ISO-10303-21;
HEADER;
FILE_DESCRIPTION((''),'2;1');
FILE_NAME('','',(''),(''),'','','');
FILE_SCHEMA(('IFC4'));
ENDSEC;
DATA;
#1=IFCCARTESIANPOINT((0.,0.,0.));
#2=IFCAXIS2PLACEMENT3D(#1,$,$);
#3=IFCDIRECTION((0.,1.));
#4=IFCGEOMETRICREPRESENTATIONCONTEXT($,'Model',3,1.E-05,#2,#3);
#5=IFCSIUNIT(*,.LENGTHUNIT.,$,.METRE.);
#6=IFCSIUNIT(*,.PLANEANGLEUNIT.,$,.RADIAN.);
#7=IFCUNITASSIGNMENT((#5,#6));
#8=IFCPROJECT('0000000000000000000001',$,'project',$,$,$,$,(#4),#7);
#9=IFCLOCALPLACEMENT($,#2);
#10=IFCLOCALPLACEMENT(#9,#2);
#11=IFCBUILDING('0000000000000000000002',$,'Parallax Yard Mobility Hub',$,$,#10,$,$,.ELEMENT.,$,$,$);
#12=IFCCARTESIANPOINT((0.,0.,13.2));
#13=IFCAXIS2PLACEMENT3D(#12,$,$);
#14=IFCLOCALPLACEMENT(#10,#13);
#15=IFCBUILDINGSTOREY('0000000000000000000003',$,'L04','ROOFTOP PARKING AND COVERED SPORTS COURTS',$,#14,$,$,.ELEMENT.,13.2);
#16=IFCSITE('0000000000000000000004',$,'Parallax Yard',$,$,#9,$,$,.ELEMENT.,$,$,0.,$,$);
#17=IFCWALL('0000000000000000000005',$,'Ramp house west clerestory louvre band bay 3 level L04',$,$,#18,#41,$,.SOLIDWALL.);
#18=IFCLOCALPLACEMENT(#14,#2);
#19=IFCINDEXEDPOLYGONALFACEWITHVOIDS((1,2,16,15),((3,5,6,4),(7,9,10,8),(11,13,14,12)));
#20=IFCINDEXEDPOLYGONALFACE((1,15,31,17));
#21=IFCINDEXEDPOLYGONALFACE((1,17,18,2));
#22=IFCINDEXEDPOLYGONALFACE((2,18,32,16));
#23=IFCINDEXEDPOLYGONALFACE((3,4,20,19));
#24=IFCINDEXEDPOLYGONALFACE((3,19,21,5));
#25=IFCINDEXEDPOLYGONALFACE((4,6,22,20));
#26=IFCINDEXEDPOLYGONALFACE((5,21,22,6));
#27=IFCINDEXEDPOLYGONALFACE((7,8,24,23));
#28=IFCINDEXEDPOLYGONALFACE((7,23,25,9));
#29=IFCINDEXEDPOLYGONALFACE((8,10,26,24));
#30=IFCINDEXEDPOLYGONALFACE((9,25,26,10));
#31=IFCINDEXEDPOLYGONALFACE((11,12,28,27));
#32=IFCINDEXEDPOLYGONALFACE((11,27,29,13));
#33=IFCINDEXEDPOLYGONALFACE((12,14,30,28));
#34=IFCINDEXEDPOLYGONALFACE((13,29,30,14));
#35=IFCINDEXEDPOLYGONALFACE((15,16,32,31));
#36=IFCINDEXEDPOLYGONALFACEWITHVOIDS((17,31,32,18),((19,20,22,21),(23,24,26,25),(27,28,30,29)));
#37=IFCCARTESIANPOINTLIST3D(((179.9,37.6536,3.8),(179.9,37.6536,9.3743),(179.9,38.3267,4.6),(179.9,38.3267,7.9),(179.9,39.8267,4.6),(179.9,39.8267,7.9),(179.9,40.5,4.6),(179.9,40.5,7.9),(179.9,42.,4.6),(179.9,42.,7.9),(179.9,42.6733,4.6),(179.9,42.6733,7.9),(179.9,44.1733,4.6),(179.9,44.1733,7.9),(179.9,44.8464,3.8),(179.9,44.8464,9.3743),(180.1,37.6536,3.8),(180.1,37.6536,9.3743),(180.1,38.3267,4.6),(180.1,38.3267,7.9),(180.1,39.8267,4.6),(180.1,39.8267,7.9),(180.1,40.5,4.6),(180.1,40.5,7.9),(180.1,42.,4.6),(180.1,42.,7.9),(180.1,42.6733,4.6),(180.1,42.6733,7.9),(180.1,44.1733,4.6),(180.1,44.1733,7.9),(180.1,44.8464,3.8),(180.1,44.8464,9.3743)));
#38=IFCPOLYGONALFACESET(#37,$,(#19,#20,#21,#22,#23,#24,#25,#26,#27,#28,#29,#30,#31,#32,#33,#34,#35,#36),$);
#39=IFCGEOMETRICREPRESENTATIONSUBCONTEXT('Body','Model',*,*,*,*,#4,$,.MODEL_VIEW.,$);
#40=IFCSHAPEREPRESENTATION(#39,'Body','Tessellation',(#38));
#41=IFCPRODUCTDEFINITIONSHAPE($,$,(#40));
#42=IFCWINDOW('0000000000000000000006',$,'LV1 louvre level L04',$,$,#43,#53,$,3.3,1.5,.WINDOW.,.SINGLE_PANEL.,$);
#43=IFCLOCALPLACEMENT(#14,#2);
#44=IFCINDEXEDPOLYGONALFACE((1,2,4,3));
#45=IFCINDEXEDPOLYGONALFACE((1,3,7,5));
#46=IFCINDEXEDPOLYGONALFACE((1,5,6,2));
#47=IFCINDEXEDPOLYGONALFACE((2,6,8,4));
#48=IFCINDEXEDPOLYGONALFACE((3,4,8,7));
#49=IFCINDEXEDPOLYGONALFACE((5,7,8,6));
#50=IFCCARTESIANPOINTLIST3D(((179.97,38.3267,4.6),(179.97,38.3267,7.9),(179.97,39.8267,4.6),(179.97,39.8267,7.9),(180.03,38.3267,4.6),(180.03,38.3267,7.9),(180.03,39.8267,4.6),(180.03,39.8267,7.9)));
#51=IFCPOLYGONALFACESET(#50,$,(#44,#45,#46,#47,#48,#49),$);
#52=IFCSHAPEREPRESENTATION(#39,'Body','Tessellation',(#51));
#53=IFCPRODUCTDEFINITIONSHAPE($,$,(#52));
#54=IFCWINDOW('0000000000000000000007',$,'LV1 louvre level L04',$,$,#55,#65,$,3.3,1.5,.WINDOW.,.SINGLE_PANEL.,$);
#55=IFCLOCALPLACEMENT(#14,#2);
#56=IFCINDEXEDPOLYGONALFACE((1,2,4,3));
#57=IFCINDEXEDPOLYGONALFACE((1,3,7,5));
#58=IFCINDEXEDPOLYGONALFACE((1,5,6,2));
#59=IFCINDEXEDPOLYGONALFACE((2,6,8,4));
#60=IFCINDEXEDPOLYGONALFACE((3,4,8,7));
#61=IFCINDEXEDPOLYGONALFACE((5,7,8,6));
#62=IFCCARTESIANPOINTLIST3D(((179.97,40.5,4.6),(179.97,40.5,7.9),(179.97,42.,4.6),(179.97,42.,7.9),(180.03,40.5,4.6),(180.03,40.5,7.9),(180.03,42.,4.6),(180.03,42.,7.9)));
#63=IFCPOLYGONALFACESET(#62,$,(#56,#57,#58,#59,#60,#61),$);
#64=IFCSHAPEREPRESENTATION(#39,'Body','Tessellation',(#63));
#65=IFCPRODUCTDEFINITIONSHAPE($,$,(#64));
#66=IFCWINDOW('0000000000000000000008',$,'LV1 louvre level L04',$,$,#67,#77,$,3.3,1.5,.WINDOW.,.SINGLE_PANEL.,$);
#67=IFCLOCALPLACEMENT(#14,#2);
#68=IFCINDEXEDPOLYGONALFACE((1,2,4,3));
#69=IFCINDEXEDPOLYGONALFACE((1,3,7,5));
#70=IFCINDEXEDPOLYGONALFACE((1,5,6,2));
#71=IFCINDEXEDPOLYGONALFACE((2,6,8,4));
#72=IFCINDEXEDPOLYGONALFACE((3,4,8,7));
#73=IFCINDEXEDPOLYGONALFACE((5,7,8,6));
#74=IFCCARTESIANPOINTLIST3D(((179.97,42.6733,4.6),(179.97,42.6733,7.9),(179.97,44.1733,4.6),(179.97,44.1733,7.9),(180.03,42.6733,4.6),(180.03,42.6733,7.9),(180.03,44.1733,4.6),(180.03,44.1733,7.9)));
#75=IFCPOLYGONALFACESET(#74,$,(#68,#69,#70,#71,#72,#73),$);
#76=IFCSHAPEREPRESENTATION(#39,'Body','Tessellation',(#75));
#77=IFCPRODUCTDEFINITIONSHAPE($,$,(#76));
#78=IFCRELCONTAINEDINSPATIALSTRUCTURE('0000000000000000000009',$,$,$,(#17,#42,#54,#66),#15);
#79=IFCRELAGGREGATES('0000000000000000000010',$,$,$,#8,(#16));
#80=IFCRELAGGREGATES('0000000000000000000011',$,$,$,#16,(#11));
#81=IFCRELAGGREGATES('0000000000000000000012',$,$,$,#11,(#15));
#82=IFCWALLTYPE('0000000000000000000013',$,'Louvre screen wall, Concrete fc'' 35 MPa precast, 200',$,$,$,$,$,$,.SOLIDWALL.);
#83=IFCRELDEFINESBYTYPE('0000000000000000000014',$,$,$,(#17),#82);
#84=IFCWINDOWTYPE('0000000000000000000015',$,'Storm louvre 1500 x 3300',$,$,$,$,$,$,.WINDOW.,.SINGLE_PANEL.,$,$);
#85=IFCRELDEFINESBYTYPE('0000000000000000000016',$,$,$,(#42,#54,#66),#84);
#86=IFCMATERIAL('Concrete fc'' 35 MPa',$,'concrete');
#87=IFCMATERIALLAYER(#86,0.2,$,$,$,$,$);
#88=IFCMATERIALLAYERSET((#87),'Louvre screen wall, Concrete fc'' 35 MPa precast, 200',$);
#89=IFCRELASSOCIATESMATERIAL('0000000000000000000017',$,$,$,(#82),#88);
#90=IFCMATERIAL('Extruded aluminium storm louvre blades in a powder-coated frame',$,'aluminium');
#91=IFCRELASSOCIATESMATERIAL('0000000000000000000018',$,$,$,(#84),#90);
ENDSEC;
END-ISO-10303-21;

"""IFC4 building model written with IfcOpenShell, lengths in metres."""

from ifc_helpers import new_model, si_unit, direction, frame, frame_2d, origin, place, context, subcontext, project, spatial, rectangle, extrude, material, layer, layer_set, type_object, element, fill, save


model = new_model("IFC4")

# Units and contexts
model_context = context("Model", 3, precision=1e-05, world=origin(), true_north=direction((0.0, 1.0)))
body_context = subcontext(model_context, "Body", "Model", "MODEL_VIEW")
ifc_project = project(units=[si_unit("LENGTHUNIT", "METRE"), si_unit("PLANEANGLEUNIT", "RADIAN")], contexts=[model_context])

# Site, building, storey
site_placement = place(None, origin())
site = spatial("IfcSite", under=ifc_project, at=site_placement, Name="Parallax Yard", CompositionType="ELEMENT", RefElevation=0.0)
building_placement = place(site_placement, origin())
building = spatial("IfcBuilding", under=site, at=building_placement, Name="Parallax Yard Mobility Hub", CompositionType="ELEMENT")
storey_placement = place(building_placement, frame((0.0, 0.0, 13.2)))
storey = spatial("IfcBuildingStorey", under=building, at=storey_placement, Name="L04", Description="ROOFTOP PARKING AND COVERED SPORTS COURTS", CompositionType="ELEMENT", Elevation=13.2)

# Wall, openings, windows
ifc_material_1 = material(Name="Concrete fc' 35 MPa", Category="concrete")
ifc_layer_1 = layer(ifc_material_1, 0.2)
ifc_layer_set_1 = layer_set([ifc_layer_1], Name="Louvre screen wall, Concrete fc' 35 MPa precast, 200")
wall_type = type_object("IfcWallType", Name="Louvre screen wall, Concrete fc' 35 MPa precast, 200", PredefinedType="SOLIDWALL", material=ifc_layer_set_1)
wall_placement = place(storey_placement, frame((180.0, 37.6536, 3.8), z_axis=(0.0, 0.0, 1.0), x_axis=(0.0, 1.0, 0.0)))
wall = element("IfcWall", 1, at=wall_placement, inside=storey, type_object=wall_type, Name="Ramp house west clerestory louvre band bay 3 level L04", PredefinedType="SOLIDWALL", context=body_context, shape_type="SweptSolid", body=[
    extrude(rectangle(XDim=7.1929, YDim=0.2, at=frame_2d((3.5964, 0.0))), origin(), (0.0, 0.0, 1.0), 5.5742),
])
opening_1_placement = place(wall_placement, frame((0.6731, 0.0, 0.8)))
opening_1 = element("IfcOpeningElement", 2, at=opening_1_placement, cuts=wall, PredefinedType="OPENING", context=body_context, shape_type="SweptSolid", body=[
    extrude(rectangle(XDim=1.5, YDim=3.3, at=frame_2d((0.75, 1.6499))), frame((0.0, 0.1099, 0.0), z_axis=(0.0, -1.0, 0.0), x_axis=(1.0, 0.0, 0.0)), (0.0, 0.0, 1.0), 0.22),
])
opening_2_placement = place(wall_placement, frame((2.8464, 0.0, 0.8)))
opening_2 = element("IfcOpeningElement", 3, at=opening_2_placement, cuts=wall, PredefinedType="OPENING", context=body_context, shape_type="SweptSolid", body=[
    extrude(rectangle(XDim=1.5, YDim=3.3, at=frame_2d((0.75, 1.6499))), frame((0.0, 0.1099, 0.0), z_axis=(0.0, -1.0, 0.0), x_axis=(1.0, 0.0, 0.0)), (0.0, 0.0, 1.0), 0.22),
])
opening_3_placement = place(wall_placement, frame((5.0198, 0.0, 0.8)))
opening_3 = element("IfcOpeningElement", 4, at=opening_3_placement, cuts=wall, PredefinedType="OPENING", context=body_context, shape_type="SweptSolid", body=[
    extrude(rectangle(XDim=1.5, YDim=3.3, at=frame_2d((0.75, 1.6499))), frame((0.0, 0.1099, 0.0), z_axis=(0.0, -1.0, 0.0), x_axis=(1.0, 0.0, 0.0)), (0.0, 0.0, 1.0), 0.22),
])
ifc_material_2 = material(Name="Extruded aluminium storm louvre blades in a powder-coated frame", Category="aluminium")
window_type = type_object("IfcWindowType", Name="Storm louvre 1500 x 3300", PartitioningType="SINGLE_PANEL", PredefinedType="WINDOW", material=ifc_material_2)
window_1_placement = place(opening_1_placement, origin())
window_1 = element("IfcWindow", 5, at=window_1_placement, inside=storey, type_object=window_type, Name="LV1 louvre level L04", OverallHeight=3.3, OverallWidth=1.5, PartitioningType="SINGLE_PANEL", PredefinedType="WINDOW", context=body_context, shape_type="SweptSolid", body=[
    extrude(rectangle(XDim=1.5, YDim=3.3, at=frame_2d((0.75, 1.6499))), frame((0.0, 0.03, 0.0), z_axis=(0.0, -1.0, 0.0), x_axis=(1.0, 0.0, 0.0)), (0.0, 0.0, 1.0), 0.0601),
])
fill(opening_1, window_1)
window_2_placement = place(opening_2_placement, origin())
window_2 = element("IfcWindow", 6, at=window_2_placement, inside=storey, type_object=window_type, Name="LV1 louvre level L04", OverallHeight=3.3, OverallWidth=1.5, PartitioningType="SINGLE_PANEL", PredefinedType="WINDOW", context=body_context, shape_type="SweptSolid", body=[
    extrude(rectangle(XDim=1.5, YDim=3.3, at=frame_2d((0.75, 1.6499))), frame((0.0, 0.03, 0.0), z_axis=(0.0, -1.0, 0.0), x_axis=(1.0, 0.0, 0.0)), (0.0, 0.0, 1.0), 0.0601),
])
fill(opening_2, window_2)
window_3_placement = place(opening_3_placement, origin())
window_3 = element("IfcWindow", 7, at=window_3_placement, inside=storey, type_object=window_type, Name="LV1 louvre level L04", OverallHeight=3.3, OverallWidth=1.5, PartitioningType="SINGLE_PANEL", PredefinedType="WINDOW", context=body_context, shape_type="SweptSolid", body=[
    extrude(rectangle(XDim=1.5, YDim=3.3, at=frame_2d((0.75, 1.6499))), frame((0.0, 0.03, 0.0), z_axis=(0.0, -1.0, 0.0), x_axis=(1.0, 0.0, 0.0)), (0.0, 0.0, 1.0), 0.0601),
])
fill(opening_3, window_3)

save(model, "model.ifc")
